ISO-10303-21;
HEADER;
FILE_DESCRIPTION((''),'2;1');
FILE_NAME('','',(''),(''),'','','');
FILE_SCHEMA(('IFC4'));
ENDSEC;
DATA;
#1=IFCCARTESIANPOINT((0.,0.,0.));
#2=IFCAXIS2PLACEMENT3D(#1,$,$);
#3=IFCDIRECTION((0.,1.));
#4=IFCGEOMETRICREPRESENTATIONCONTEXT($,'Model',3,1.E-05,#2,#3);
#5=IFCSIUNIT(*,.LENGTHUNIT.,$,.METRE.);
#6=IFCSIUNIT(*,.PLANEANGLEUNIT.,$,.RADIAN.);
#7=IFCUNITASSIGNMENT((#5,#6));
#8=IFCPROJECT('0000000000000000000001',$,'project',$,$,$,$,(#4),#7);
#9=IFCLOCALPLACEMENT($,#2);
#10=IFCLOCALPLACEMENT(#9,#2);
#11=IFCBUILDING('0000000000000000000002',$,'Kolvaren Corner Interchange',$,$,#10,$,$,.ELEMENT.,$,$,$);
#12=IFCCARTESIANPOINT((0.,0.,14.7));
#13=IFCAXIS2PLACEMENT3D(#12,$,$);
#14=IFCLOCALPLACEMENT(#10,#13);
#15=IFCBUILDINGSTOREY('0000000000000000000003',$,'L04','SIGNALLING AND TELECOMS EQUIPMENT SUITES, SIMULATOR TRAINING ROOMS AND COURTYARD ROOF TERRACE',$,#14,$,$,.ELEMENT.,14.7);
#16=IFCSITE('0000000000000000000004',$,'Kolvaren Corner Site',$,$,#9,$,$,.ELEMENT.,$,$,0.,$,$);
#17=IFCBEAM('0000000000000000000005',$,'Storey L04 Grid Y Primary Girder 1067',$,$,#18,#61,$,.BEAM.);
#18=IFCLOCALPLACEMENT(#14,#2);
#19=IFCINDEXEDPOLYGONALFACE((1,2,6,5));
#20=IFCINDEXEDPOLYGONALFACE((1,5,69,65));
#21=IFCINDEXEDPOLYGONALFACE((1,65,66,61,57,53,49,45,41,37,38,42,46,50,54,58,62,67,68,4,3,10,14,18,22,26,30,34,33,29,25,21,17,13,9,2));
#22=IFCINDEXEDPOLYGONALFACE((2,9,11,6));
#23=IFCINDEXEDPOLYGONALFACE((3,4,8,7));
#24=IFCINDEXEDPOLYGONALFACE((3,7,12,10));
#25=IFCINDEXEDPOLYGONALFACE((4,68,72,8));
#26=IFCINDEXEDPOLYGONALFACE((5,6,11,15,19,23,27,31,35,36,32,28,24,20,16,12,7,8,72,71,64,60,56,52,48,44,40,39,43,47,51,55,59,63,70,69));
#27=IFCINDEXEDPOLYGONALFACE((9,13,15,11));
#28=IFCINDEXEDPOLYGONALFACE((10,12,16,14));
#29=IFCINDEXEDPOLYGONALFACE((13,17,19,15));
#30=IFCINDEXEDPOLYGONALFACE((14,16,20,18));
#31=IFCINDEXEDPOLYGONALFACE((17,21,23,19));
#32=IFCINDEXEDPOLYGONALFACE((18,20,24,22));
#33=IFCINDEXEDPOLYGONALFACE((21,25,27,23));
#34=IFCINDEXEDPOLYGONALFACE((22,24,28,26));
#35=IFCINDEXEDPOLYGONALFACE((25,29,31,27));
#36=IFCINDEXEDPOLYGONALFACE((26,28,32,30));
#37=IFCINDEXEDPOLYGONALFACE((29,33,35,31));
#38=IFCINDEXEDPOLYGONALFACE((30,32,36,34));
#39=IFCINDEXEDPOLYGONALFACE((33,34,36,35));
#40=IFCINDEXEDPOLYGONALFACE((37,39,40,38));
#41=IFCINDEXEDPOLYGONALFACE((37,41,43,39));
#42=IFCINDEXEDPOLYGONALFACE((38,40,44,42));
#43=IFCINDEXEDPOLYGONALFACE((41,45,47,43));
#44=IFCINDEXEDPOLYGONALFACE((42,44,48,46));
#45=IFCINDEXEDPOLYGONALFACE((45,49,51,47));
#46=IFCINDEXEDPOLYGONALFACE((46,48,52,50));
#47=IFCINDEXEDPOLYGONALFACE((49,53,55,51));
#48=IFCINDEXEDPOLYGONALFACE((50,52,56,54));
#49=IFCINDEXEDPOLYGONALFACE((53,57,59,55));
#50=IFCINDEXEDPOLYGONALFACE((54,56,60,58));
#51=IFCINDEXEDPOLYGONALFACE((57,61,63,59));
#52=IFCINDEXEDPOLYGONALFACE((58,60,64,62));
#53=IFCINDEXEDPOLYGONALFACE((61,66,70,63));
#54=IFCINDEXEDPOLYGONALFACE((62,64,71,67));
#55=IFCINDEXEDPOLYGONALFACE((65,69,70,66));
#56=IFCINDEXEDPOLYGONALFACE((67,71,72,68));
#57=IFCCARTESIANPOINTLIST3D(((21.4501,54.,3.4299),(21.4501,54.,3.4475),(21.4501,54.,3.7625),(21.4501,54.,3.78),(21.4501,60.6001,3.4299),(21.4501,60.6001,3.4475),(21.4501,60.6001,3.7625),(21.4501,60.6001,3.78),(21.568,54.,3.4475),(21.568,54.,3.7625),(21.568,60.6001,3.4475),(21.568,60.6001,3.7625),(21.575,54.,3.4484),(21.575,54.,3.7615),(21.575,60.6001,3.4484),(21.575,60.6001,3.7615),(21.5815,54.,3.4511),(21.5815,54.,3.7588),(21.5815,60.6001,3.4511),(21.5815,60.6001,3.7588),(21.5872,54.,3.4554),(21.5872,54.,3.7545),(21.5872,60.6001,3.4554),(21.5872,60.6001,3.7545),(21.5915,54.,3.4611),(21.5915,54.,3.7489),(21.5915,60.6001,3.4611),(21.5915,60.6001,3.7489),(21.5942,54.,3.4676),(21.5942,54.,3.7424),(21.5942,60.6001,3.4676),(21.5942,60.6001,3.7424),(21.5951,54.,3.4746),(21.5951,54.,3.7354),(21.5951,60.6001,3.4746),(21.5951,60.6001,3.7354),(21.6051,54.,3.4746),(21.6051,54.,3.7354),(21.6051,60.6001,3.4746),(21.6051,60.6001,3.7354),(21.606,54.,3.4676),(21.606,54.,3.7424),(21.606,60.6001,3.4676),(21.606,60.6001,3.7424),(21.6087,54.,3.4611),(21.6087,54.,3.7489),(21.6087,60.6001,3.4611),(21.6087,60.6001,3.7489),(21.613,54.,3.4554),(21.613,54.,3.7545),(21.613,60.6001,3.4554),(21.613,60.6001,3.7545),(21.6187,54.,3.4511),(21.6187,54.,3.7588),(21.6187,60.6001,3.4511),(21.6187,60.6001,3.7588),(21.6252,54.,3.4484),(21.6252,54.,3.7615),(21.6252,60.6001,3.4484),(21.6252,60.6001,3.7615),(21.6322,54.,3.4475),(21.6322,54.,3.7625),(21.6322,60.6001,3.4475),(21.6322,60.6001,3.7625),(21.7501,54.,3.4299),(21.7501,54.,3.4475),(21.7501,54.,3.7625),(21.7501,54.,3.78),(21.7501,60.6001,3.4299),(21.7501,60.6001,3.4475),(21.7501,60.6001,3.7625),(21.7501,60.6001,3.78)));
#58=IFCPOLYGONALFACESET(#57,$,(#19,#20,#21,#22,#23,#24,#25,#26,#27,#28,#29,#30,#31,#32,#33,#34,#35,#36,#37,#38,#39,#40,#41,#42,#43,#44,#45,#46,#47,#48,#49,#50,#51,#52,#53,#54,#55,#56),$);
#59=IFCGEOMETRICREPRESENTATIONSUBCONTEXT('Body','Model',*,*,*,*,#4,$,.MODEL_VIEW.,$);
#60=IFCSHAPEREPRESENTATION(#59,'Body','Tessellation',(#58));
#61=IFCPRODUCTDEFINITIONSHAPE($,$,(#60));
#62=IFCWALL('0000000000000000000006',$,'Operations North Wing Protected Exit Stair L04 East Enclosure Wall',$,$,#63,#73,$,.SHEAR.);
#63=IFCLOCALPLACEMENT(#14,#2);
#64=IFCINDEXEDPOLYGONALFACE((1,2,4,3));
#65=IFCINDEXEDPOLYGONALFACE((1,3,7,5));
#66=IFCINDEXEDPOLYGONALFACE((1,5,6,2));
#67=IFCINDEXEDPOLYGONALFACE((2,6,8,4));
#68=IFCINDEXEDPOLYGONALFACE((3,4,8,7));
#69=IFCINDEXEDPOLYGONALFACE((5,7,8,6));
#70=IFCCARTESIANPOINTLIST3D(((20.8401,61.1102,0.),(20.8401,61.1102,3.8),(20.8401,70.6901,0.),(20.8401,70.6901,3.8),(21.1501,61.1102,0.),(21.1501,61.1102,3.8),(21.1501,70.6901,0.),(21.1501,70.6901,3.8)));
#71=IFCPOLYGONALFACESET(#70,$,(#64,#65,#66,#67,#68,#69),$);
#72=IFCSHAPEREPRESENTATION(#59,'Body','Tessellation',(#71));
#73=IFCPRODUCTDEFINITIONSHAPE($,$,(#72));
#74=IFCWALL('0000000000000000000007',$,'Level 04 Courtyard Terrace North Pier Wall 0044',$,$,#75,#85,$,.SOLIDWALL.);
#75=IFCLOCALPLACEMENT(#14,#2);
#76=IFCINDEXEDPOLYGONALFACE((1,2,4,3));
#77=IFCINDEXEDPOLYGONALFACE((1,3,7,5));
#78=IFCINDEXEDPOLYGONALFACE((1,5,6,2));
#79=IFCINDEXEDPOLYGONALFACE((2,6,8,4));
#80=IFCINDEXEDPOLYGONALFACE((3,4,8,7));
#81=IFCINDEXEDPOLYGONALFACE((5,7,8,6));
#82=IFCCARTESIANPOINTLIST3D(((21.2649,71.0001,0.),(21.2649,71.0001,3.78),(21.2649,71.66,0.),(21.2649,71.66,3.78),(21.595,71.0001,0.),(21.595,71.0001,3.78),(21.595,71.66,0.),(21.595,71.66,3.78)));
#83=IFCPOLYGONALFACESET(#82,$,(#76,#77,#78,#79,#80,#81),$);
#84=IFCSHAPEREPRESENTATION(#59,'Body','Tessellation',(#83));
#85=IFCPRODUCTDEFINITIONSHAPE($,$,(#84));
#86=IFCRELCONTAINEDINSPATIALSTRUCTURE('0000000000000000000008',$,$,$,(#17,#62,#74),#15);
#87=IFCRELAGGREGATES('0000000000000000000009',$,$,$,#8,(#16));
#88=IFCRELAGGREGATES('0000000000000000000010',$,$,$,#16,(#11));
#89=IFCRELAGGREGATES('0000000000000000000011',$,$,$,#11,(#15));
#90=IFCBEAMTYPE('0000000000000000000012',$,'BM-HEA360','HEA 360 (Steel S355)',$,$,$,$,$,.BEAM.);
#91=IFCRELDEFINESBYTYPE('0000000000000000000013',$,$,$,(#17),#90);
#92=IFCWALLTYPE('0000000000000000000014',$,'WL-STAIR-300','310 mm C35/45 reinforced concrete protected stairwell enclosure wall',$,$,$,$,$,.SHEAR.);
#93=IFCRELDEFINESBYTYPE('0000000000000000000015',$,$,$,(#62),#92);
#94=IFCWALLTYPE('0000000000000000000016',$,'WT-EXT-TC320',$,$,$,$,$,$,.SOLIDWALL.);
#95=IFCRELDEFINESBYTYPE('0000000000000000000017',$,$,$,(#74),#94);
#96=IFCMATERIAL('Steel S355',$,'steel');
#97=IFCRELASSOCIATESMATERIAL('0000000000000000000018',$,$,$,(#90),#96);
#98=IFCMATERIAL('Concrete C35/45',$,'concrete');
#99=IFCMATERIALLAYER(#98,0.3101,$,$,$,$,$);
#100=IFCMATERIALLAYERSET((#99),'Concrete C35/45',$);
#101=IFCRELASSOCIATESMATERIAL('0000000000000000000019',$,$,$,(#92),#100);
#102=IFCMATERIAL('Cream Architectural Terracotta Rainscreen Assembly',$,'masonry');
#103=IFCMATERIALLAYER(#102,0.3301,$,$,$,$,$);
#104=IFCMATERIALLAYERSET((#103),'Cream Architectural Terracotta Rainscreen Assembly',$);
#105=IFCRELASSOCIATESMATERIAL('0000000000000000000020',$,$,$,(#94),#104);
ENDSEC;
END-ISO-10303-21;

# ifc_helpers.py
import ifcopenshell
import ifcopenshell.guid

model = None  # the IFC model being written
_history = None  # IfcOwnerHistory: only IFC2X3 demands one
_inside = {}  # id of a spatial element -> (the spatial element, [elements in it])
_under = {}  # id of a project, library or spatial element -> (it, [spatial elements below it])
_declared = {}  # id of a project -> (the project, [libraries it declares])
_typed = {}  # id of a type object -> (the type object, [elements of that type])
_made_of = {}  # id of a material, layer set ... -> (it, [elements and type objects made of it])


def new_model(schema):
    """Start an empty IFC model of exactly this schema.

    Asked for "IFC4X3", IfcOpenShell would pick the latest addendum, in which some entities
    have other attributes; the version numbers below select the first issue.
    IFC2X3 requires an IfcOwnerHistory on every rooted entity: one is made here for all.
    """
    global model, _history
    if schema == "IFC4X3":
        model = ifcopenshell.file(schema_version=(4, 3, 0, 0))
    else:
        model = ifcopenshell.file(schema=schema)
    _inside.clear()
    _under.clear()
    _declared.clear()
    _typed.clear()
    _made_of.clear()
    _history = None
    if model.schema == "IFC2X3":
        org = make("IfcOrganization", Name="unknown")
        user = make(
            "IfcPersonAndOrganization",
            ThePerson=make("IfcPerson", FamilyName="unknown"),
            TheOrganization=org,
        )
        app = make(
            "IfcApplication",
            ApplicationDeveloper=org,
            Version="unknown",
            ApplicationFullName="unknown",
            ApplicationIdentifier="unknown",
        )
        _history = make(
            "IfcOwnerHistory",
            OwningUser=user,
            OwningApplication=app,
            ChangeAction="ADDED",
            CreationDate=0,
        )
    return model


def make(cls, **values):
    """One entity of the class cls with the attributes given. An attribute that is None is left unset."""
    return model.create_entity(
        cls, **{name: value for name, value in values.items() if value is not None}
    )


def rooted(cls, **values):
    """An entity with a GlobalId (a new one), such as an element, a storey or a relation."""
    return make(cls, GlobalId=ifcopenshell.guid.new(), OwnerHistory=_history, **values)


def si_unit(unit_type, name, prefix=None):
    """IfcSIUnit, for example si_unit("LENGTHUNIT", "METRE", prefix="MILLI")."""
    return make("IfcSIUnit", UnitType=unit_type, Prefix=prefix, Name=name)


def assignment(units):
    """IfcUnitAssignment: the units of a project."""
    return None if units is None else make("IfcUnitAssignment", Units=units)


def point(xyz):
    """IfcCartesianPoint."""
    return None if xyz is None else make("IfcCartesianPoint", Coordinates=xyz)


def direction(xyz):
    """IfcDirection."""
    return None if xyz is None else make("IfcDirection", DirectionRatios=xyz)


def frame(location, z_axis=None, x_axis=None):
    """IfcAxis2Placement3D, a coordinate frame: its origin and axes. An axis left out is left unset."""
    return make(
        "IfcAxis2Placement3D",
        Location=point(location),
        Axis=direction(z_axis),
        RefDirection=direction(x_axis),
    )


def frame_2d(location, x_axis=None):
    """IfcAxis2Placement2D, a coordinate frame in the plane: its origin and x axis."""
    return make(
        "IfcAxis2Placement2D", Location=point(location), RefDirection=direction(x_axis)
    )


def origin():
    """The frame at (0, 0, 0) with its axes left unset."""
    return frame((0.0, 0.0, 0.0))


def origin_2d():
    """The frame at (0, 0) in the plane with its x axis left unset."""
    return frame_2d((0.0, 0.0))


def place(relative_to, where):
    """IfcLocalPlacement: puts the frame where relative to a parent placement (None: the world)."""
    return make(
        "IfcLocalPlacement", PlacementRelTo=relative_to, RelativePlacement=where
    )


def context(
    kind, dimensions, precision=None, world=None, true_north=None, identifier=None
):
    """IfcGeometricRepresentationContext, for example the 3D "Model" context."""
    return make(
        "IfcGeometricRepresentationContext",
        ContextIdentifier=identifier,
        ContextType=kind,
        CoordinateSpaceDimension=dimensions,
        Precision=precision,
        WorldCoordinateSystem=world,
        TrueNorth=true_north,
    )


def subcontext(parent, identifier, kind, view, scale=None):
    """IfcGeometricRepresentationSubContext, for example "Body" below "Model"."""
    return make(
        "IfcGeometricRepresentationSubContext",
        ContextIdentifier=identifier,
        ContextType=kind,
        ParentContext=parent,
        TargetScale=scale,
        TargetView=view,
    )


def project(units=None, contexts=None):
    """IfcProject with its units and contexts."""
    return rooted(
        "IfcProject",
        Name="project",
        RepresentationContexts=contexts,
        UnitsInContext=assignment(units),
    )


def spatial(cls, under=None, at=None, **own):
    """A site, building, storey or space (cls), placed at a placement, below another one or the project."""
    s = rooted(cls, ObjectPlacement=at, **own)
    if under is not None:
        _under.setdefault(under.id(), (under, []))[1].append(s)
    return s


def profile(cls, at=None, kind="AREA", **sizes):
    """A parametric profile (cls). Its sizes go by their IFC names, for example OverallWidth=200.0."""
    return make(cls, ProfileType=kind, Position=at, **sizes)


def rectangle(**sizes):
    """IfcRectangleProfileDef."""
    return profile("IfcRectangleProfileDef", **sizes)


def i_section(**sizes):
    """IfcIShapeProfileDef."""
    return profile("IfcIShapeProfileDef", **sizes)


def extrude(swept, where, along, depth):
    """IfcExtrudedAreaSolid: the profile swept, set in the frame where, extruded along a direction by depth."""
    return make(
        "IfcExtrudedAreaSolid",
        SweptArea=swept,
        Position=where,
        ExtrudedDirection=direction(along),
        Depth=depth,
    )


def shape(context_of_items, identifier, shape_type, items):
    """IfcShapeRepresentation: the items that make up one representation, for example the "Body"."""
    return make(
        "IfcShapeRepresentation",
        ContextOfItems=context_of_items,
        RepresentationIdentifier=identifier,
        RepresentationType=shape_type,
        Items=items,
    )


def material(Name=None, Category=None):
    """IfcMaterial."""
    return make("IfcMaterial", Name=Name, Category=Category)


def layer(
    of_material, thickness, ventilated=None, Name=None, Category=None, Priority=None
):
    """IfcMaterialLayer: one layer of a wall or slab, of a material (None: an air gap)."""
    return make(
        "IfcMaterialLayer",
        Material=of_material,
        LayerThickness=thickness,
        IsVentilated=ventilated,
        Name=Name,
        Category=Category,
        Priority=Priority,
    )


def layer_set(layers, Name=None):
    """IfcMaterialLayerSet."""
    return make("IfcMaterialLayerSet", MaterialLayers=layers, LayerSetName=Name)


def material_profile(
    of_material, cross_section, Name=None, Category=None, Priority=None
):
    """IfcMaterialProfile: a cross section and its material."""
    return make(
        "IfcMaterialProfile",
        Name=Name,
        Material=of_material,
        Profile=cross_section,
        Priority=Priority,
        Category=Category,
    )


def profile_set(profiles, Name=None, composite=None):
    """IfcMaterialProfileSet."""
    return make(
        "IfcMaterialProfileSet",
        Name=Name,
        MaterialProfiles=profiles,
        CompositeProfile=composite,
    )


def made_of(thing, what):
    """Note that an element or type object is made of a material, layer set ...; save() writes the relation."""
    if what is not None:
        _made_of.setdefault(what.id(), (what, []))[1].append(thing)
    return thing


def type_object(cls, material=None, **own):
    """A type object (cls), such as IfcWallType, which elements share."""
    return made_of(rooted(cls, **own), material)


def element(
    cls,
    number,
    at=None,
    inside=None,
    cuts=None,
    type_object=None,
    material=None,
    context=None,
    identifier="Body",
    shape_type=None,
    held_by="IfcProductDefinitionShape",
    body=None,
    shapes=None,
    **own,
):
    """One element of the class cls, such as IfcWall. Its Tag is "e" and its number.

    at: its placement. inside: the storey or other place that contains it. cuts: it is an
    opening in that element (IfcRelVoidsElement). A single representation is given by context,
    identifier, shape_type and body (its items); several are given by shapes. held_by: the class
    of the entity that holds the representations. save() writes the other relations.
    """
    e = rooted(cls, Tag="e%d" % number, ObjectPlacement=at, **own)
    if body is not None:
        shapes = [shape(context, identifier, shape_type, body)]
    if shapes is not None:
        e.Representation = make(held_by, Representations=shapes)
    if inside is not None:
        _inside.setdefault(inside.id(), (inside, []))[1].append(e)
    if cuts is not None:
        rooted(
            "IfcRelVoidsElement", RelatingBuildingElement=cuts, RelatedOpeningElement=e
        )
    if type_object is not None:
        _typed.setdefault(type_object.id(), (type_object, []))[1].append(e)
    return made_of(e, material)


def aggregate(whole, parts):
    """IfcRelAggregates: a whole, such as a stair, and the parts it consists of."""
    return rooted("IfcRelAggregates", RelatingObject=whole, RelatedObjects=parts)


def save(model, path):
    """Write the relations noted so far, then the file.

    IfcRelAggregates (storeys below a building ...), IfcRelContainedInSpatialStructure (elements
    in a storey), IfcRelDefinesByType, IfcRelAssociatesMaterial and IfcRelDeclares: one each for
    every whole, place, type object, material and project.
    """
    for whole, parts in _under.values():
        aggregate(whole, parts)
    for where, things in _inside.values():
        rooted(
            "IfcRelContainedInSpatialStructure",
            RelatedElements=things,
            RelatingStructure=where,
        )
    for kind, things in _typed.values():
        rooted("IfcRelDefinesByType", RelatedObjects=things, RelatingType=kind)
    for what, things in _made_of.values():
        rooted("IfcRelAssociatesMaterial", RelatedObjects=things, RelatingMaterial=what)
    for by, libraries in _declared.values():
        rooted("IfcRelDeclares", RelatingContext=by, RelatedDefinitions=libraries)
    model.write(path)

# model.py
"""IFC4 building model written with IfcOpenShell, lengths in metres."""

from ifc_helpers import new_model, si_unit, direction, frame, frame_2d, origin, origin_2d, place, context, subcontext, project, spatial, rectangle, i_section, extrude, material, layer, layer_set, material_profile, profile_set, type_object, element, save


model = new_model("IFC4")

# Units and contexts
model_context = context("Model", 3, precision=1e-05, world=origin(), true_north=direction((0.0, 1.0)))
body_context = subcontext(model_context, "Body", "Model", "MODEL_VIEW")
ifc_project = project(units=[si_unit("LENGTHUNIT", "METRE"), si_unit("PLANEANGLEUNIT", "RADIAN")], contexts=[model_context])

# Site, building, storey
site_placement = place(None, origin())
site = spatial("IfcSite", under=ifc_project, at=site_placement, Name="Kolvaren Corner Site", CompositionType="ELEMENT", RefElevation=0.0)
building_placement = place(site_placement, origin())
building = spatial("IfcBuilding", under=site, at=building_placement, Name="Kolvaren Corner Interchange", CompositionType="ELEMENT")
storey_placement = place(building_placement, frame((0.0, 0.0, 14.7)))
storey = spatial("IfcBuildingStorey", under=building, at=storey_placement, Name="L04", Description="SIGNALLING AND TELECOMS EQUIPMENT SUITES, SIMULATOR TRAINING ROOMS AND COURTYARD ROOF TERRACE", CompositionType="ELEMENT", Elevation=14.7)

# Beam
ifc_material_1 = material(Name="Steel S355", Category="steel")
ifc_material_profile_1 = material_profile(ifc_material_1, i_section(OverallWidth=0.3, OverallDepth=0.3501, WebThickness=0.01, FlangeThickness=0.0176, FilletRadius=0.0271, at=origin_2d()), Name="HEA 360")
ifc_profile_set_1 = profile_set([ifc_material_profile_1], Name="Steel S355")
beam_type_1 = type_object("IfcBeamType", Name="BM-HEA360", Description="HEA 360 (Steel S355)", PredefinedType="BEAM", material=ifc_profile_set_1)
beam_1_placement = place(storey_placement, frame((21.6001, 54.0, 3.605), z_axis=(0.0, 1.0, 0.0), x_axis=(-1.0, 0.0, 0.0)))
element("IfcBeam", 1, at=beam_1_placement, inside=storey, type_object=beam_type_1, Name="Storey L04 Grid Y Primary Girder 1067", PredefinedType="BEAM", context=body_context, shape_type="SweptSolid", body=[
    extrude(i_section(OverallWidth=0.3, OverallDepth=0.3501, WebThickness=0.01, FlangeThickness=0.0176, FilletRadius=0.0271, at=origin_2d()), origin(), (0.0, 0.0, 1.0), 6.6001),
])

# Walls
ifc_material_2 = material(Name="Concrete C35/45", Category="concrete")
ifc_layer_1 = layer(ifc_material_2, 0.3101)
ifc_layer_set_1 = layer_set([ifc_layer_1], Name="Concrete C35/45")
wall_type_1 = type_object("IfcWallType", Name="WL-STAIR-300", Description="310 mm C35/45 reinforced concrete protected stairwell enclosure wall", PredefinedType="SHEAR", material=ifc_layer_set_1)
wall_1_placement = place(storey_placement, frame((20.9951, 61.1101, 0.0), z_axis=(0.0, 0.0, 1.0), x_axis=(0.0, 1.0, 0.0)))
element("IfcWall", 2, at=wall_1_placement, inside=storey, type_object=wall_type_1, Name="Operations North Wing Protected Exit Stair L04 East Enclosure Wall", PredefinedType="SHEAR", context=body_context, shape_type="SweptSolid", body=[
    extrude(rectangle(XDim=9.5798, YDim=0.3101, at=frame_2d((4.79, 0.0))), origin(), (0.0, 0.0, 1.0), 3.8),
])
ifc_material_3 = material(Name="Cream Architectural Terracotta Rainscreen Assembly", Category="masonry")
ifc_layer_2 = layer(ifc_material_3, 0.3301)
ifc_layer_set_2 = layer_set([ifc_layer_2], Name="Cream Architectural Terracotta Rainscreen Assembly")
wall_type_2 = type_object("IfcWallType", Name="WT-EXT-TC320", PredefinedType="SOLIDWALL", material=ifc_layer_set_2)
wall_2_placement = place(storey_placement, frame((21.4299, 71.0, 0.0), z_axis=(0.0, 0.0, 1.0), x_axis=(0.0, 1.0, 0.0)))
element("IfcWall", 3, at=wall_2_placement, inside=storey, type_object=wall_type_2, Name="Level 04 Courtyard Terrace North Pier Wall 0044", PredefinedType="SOLIDWALL", context=body_context, shape_type="SweptSolid", body=[
    extrude(rectangle(XDim=0.6599, YDim=0.3301, at=frame_2d((0.3301, 0.0))), origin(), (0.0, 0.0, 1.0), 3.78),
])

save(model, "model.ifc")
